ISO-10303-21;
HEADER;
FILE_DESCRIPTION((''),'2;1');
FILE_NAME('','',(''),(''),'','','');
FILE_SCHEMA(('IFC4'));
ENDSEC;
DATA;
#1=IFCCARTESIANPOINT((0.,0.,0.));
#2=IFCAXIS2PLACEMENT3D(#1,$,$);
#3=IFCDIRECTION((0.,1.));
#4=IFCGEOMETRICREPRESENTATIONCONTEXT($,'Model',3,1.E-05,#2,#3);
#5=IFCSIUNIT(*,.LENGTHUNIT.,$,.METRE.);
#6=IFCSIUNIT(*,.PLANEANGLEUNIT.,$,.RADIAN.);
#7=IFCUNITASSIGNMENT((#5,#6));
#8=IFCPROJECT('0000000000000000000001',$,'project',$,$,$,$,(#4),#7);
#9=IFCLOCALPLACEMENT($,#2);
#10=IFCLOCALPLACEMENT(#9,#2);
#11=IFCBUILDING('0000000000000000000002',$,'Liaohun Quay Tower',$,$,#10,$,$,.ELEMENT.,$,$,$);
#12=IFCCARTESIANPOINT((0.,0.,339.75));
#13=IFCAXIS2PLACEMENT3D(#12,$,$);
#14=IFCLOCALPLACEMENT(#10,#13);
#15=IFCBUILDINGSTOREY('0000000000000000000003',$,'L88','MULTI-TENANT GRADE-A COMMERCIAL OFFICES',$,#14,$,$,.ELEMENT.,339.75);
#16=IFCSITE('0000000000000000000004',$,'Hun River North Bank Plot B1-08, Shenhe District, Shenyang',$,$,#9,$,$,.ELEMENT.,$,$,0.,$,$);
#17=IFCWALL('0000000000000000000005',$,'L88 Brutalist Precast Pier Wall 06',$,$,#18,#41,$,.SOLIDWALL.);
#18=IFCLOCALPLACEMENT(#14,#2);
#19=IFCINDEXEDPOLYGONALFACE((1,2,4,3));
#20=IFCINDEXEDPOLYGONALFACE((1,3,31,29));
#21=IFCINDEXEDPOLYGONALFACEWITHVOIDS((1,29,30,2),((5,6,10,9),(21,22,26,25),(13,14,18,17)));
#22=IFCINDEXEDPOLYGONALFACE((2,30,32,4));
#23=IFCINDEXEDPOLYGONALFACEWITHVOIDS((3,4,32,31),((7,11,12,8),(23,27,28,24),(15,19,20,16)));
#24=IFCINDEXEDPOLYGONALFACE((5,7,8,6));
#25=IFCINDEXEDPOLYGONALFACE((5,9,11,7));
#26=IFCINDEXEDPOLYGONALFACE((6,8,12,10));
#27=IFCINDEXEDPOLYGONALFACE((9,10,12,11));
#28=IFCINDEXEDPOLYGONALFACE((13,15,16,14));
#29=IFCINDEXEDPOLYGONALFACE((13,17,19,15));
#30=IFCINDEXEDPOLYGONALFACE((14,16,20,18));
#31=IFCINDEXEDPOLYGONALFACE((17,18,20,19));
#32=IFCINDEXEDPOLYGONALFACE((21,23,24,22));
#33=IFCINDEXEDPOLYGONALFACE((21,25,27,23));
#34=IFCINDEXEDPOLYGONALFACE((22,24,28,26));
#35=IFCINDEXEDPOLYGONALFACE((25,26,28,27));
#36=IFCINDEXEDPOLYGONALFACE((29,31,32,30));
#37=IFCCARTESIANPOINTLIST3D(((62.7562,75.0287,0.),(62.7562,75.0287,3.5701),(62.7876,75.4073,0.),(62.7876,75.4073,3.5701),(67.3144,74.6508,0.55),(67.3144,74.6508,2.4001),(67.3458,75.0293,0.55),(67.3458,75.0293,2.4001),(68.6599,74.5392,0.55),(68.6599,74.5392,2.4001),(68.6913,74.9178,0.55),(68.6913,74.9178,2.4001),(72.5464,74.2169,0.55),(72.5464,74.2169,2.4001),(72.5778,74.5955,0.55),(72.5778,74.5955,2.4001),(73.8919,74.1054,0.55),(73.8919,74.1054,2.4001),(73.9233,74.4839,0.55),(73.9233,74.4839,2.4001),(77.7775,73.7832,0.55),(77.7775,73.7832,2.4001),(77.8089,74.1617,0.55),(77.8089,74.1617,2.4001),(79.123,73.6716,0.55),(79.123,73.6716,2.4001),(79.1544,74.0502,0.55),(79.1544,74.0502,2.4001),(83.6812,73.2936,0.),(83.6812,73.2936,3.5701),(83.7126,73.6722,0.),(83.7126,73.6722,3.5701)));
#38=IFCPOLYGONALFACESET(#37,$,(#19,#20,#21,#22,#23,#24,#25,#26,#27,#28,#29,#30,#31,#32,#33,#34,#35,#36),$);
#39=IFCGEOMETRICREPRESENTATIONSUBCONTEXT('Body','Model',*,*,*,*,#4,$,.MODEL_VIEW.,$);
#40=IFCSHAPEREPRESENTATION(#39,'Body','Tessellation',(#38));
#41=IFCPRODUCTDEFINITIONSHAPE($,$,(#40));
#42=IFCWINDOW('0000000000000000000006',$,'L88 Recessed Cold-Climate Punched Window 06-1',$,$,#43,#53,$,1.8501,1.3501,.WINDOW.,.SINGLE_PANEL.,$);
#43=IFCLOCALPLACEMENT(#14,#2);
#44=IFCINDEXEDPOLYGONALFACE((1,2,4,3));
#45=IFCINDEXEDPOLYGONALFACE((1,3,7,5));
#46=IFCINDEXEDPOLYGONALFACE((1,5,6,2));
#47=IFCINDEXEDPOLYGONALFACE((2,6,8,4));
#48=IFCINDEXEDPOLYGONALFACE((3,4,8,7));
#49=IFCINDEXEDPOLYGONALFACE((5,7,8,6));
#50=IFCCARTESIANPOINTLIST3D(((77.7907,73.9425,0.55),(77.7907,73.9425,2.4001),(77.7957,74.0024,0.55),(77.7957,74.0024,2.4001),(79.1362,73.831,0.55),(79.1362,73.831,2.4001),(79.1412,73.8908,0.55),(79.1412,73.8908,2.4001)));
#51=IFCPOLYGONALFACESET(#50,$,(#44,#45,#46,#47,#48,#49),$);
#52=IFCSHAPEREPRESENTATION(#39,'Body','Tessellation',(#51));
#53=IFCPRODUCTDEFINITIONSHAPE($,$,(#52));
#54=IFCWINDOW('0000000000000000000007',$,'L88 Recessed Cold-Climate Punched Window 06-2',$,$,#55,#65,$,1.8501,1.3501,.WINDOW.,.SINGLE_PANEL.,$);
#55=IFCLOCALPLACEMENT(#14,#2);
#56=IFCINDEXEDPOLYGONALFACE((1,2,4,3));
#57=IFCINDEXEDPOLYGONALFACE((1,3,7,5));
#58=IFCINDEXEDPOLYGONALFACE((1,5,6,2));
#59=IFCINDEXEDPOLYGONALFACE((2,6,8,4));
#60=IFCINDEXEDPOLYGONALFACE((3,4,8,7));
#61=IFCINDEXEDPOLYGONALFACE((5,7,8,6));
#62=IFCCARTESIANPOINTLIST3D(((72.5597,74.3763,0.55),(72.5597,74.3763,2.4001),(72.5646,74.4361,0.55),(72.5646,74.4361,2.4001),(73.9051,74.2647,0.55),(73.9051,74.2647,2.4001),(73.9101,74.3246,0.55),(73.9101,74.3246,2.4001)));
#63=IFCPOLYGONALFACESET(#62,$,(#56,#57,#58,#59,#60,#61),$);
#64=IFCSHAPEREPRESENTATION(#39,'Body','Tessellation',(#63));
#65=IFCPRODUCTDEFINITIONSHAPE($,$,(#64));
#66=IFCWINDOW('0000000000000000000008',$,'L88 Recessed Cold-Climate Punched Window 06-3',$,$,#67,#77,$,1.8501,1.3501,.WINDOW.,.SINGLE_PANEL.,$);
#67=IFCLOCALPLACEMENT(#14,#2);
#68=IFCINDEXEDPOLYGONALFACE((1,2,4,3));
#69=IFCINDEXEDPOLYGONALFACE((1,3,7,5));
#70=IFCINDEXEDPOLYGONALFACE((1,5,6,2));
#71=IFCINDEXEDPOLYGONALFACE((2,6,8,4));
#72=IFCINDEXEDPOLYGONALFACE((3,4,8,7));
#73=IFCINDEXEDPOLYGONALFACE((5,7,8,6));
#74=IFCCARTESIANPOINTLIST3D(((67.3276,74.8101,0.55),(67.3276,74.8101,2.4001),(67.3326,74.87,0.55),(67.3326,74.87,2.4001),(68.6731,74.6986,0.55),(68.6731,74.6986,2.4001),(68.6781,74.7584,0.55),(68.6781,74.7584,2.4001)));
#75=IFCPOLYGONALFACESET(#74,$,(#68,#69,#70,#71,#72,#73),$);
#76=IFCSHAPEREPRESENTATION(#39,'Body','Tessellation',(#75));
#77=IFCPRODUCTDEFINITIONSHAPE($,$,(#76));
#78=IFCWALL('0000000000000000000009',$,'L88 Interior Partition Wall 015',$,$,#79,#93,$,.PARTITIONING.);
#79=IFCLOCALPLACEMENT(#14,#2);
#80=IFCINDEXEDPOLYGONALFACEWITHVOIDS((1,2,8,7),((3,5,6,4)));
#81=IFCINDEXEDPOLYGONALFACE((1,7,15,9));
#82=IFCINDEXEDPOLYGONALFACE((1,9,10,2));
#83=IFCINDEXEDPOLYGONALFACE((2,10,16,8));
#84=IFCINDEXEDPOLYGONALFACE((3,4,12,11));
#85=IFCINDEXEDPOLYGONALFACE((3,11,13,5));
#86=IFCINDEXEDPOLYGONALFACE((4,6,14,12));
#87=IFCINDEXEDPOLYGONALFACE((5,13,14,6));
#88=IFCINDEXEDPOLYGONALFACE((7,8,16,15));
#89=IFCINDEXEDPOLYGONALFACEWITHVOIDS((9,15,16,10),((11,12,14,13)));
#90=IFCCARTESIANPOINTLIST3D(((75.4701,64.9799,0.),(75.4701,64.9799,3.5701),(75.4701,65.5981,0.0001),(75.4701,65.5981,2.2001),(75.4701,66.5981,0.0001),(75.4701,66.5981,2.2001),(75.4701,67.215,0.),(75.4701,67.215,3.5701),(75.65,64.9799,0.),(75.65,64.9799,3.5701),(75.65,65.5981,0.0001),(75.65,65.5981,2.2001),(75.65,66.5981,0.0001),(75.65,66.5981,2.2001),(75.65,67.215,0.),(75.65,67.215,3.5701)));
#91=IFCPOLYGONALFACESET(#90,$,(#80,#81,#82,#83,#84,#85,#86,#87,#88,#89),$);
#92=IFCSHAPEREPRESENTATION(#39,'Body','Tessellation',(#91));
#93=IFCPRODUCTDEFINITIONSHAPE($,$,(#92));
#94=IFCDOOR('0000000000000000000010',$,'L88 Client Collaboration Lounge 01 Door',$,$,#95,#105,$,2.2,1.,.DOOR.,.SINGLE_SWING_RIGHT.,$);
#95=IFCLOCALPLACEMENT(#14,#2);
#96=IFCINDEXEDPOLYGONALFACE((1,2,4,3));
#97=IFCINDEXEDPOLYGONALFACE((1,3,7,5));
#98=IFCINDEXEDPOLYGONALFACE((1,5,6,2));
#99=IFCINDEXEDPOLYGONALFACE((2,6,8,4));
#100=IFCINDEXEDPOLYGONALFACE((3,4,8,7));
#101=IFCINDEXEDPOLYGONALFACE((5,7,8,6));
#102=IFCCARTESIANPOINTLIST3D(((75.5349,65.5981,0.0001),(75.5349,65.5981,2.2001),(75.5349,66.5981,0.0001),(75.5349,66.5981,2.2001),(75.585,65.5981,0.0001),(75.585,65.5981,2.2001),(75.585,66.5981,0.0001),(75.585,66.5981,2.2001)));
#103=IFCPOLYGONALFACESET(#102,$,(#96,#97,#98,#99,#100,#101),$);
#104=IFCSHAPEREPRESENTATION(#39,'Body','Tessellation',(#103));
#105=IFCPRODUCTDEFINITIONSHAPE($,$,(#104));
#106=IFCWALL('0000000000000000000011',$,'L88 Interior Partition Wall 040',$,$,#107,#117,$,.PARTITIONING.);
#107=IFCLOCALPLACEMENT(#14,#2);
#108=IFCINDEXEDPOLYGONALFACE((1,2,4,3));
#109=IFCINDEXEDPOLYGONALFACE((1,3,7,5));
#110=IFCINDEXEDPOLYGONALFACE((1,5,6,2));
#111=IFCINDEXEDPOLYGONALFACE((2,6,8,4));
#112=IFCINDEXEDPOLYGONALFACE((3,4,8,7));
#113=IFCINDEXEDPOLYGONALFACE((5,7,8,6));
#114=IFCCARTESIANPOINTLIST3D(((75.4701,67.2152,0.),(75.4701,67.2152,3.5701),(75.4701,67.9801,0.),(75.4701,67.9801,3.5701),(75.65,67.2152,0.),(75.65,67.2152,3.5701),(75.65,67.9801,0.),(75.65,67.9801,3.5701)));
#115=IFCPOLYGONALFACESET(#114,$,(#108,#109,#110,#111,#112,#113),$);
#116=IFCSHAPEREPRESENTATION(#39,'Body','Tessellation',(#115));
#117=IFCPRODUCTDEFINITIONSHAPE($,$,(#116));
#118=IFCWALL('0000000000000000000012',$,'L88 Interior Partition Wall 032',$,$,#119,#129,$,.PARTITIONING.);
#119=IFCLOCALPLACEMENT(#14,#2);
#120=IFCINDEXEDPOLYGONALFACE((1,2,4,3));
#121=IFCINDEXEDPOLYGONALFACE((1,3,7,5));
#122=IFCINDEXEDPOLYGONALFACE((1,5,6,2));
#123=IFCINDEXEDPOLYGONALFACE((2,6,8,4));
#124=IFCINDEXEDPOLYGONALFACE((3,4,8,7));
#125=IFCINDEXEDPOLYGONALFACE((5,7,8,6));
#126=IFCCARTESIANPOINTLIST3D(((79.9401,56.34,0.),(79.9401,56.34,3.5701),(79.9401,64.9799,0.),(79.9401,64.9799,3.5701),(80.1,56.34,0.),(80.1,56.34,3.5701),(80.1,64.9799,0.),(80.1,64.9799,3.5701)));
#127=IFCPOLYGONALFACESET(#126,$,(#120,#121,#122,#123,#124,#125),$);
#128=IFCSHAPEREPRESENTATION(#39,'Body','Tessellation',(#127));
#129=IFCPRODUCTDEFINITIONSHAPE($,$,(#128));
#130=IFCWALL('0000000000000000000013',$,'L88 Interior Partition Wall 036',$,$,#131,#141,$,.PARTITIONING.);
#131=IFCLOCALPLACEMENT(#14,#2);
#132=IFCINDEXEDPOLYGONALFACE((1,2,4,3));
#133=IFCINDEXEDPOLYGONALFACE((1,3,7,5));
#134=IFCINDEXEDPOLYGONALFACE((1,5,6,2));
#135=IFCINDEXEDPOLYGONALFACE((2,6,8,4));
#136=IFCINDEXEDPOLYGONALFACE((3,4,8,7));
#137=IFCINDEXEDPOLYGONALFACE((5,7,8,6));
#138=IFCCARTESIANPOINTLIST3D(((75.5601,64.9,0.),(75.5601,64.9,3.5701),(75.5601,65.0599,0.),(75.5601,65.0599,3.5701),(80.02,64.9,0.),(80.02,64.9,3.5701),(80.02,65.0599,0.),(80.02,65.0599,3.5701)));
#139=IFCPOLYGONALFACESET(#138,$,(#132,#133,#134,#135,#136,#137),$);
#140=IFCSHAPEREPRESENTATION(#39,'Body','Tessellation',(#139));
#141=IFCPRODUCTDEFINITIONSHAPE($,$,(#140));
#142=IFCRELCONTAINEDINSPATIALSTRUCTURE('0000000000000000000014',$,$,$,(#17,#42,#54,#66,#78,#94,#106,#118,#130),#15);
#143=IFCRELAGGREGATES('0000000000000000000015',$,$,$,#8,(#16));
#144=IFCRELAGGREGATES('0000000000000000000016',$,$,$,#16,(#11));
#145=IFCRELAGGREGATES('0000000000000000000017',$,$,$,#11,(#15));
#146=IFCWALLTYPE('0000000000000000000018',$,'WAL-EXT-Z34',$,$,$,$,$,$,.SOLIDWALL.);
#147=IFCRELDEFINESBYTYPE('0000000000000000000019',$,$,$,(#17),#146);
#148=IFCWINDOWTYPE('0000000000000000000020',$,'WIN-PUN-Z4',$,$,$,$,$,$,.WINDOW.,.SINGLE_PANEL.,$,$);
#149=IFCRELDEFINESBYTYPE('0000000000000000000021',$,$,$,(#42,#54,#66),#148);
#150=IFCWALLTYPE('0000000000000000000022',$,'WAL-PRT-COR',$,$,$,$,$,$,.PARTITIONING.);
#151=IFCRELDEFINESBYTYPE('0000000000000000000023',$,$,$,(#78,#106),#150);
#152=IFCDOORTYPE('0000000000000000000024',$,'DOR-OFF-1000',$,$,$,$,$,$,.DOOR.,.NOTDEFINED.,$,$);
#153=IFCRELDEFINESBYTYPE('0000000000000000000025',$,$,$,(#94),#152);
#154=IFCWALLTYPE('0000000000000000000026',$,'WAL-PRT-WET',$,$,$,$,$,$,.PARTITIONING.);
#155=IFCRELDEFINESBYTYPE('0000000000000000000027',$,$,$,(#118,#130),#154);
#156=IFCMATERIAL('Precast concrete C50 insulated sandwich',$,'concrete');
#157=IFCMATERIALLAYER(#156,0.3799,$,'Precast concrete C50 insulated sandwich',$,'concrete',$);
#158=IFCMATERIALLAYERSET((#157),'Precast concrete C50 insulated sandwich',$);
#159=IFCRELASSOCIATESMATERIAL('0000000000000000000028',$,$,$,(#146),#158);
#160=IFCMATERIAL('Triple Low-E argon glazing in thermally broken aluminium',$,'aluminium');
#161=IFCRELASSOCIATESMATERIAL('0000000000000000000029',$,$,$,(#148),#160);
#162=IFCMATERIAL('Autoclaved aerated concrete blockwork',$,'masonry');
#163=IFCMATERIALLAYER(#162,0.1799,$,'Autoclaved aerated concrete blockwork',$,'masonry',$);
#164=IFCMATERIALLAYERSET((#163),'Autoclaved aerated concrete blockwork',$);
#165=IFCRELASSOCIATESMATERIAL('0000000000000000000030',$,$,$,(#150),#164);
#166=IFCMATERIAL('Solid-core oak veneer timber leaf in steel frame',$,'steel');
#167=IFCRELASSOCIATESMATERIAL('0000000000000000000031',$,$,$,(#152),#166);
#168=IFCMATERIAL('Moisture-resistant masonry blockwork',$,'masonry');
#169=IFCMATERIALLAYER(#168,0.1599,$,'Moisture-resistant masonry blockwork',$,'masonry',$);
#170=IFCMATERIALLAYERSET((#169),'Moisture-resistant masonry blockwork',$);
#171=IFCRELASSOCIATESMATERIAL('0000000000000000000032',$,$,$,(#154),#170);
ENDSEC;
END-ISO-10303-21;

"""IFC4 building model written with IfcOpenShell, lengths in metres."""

from ifc_helpers import new_model, si_unit, direction, frame, frame_2d, origin, place, context, subcontext, project, spatial, rectangle, extrude, source, transform, mapped, material, layer, layer_set, type_object, element, fill, save


model = new_model("IFC4")

# Units and contexts
model_context = context("Model", 3, precision=1e-05, world=origin(), true_north=direction((0.0, 1.0)))
body_context = subcontext(model_context, "Body", "Model", "MODEL_VIEW")
ifc_project = project(units=[si_unit("LENGTHUNIT", "METRE"), si_unit("PLANEANGLEUNIT", "RADIAN")], contexts=[model_context])

# Site, building, storey
site_placement = place(None, origin())
site = spatial("IfcSite", under=ifc_project, at=site_placement, Name="Hun River North Bank Plot B1-08, Shenhe District, Shenyang", CompositionType="ELEMENT", RefElevation=0.0)
building_placement = place(site_placement, origin())
building = spatial("IfcBuilding", under=site, at=building_placement, Name="Liaohun Quay Tower", CompositionType="ELEMENT")
storey_placement = place(building_placement, frame((0.0, 0.0, 339.75)))
storey = spatial("IfcBuildingStorey", under=building, at=storey_placement, Name="L88", Description="MULTI-TENANT GRADE-A COMMERCIAL OFFICES", CompositionType="ELEMENT", Elevation=339.75)

# Shared definitions
ifc_material_1 = material(Name="Precast concrete C50 insulated sandwich", Category="concrete")
ifc_layer_1 = layer(ifc_material_1, 0.3799, Name="Precast concrete C50 insulated sandwich", Category="concrete")
ifc_layer_set_1 = layer_set([ifc_layer_1], Name="Precast concrete C50 insulated sandwich")
wall_type_1 = type_object("IfcWallType", Name="WAL-EXT-Z34", PredefinedType="SOLIDWALL", material=ifc_layer_set_1)

# Wall, openings, windows
wall_1_placement = place(storey_placement, frame((83.697, 73.4829, 0.0), z_axis=(0.0, 0.0, 1.0), x_axis=(-0.99658, 0.082637, 0.0)))
wall_1 = element("IfcWall", 1, at=wall_1_placement, inside=storey, type_object=wall_type_1, Name="L88 Brutalist Precast Pier Wall 06", PredefinedType="SOLIDWALL", context=body_context, shape_type="SweptSolid", body=[
    extrude(rectangle(XDim=20.9968, YDim=0.3799, at=frame_2d((10.4985, 0.0))), origin(), (0.0, 0.0, 1.0), 3.5701),
])
shared_shape_1 = source(origin(), body_context, "Body", "SweptSolid", [
    extrude(rectangle(XDim=1.3501, YDim=1.8501, at=frame_2d((0.675, 0.925))), frame((0.0, 0.2, 0.0), z_axis=(0.0, -1.0, 0.0), x_axis=(1.0, 0.0, 0.0)), (0.0, 0.0, 1.0), 0.3999),
])
opening_1_placement = place(wall_1_placement, frame((4.574, 0.0, 0.55)))
opening_1 = element("IfcOpeningElement", 2, at=opening_1_placement, cuts=wall_1, PredefinedType="OPENING", context=body_context, shape_type="MappedRepresentation", body=[
    mapped(shared_shape_1, transform((0.0, 0.0, 0.0), x_axis=(1.0, 0.0, 0.0), y_axis=(0.0, 1.0, 0.0), z_axis=(0.0, 0.0, 1.0), scale=1.0)),
])
opening_2_placement = place(wall_1_placement, frame((9.823, 0.0, 0.55)))
opening_2 = element("IfcOpeningElement", 3, at=opening_2_placement, cuts=wall_1, PredefinedType="OPENING", context=body_context, shape_type="MappedRepresentation", body=[
    mapped(shared_shape_1, transform((0.0, 0.0, 0.0), x_axis=(1.0, 0.0, 0.0), y_axis=(0.0, 1.0, 0.0), z_axis=(0.0, 0.0, 1.0), scale=1.0)),
])
opening_3_placement = place(wall_1_placement, frame((15.073, 0.0, 0.55)))
opening_3 = element("IfcOpeningElement", 4, at=opening_3_placement, cuts=wall_1, PredefinedType="OPENING", context=body_context, shape_type="MappedRepresentation", body=[
    mapped(shared_shape_1, transform((0.0, 0.0, 0.0), x_axis=(1.0, 0.0, 0.0), y_axis=(0.0, 1.0, 0.0), z_axis=(0.0, 0.0, 1.0), scale=1.0)),
])
ifc_material_2 = material(Name="Triple Low-E argon glazing in thermally broken aluminium", Category="aluminium")
window_type_1 = type_object("IfcWindowType", Name="WIN-PUN-Z4", PartitioningType="SINGLE_PANEL", PredefinedType="WINDOW", material=ifc_material_2)
shared_shape_2 = source(origin(), body_context, "Body", "SweptSolid", [
    extrude(rectangle(XDim=1.3501, YDim=1.8501, at=frame_2d((0.675, 0.925))), frame((0.0, 0.03, 0.0), z_axis=(0.0, -1.0, 0.0), x_axis=(1.0, 0.0, 0.0)), (0.0, 0.0, 1.0), 0.0601),
])
window_1_placement = place(opening_1_placement, origin())
window_1 = element("IfcWindow", 5, at=window_1_placement, inside=storey, type_object=window_type_1, Name="L88 Recessed Cold-Climate Punched Window 06-1", OverallHeight=1.8501, OverallWidth=1.3501, PartitioningType="SINGLE_PANEL", PredefinedType="WINDOW", context=body_context, shape_type="MappedRepresentation", body=[
    mapped(shared_shape_2, transform((0.0, 0.0, 0.0), x_axis=(1.0, 0.0, 0.0), y_axis=(0.0, 1.0, 0.0), z_axis=(0.0, 0.0, 1.0), scale=1.0)),
])
fill(opening_1, window_1)
window_2_placement = place(opening_2_placement, origin())
window_2 = element("IfcWindow", 6, at=window_2_placement, inside=storey, type_object=window_type_1, Name="L88 Recessed Cold-Climate Punched Window 06-2", OverallHeight=1.8501, OverallWidth=1.3501, PartitioningType="SINGLE_PANEL", PredefinedType="WINDOW", context=body_context, shape_type="MappedRepresentation", body=[
    mapped(shared_shape_2, transform((0.0, 0.0, 0.0), x_axis=(1.0, 0.0, 0.0), y_axis=(0.0, 1.0, 0.0), z_axis=(0.0, 0.0, 1.0), scale=1.0)),
])
fill(opening_2, window_2)
window_3_placement = place(opening_3_placement, origin())
window_3 = element("IfcWindow", 7, at=window_3_placement, inside=storey, type_object=window_type_1, Name="L88 Recessed Cold-Climate Punched Window 06-3", OverallHeight=1.8501, OverallWidth=1.3501, PartitioningType="SINGLE_PANEL", PredefinedType="WINDOW", context=body_context, shape_type="MappedRepresentation", body=[
    mapped(shared_shape_2, transform((0.0, 0.0, 0.0), x_axis=(1.0, 0.0, 0.0), y_axis=(0.0, 1.0, 0.0), z_axis=(0.0, 0.0, 1.0), scale=1.0)),
])
fill(opening_3, window_3)

# Wall, opening, door
ifc_material_3 = material(Name="Autoclaved aerated concrete blockwork", Category="masonry")
ifc_layer_2 = layer(ifc_material_3, 0.1799, Name="Autoclaved aerated concrete blockwork", Category="masonry")
ifc_layer_set_2 = layer_set([ifc_layer_2], Name="Autoclaved aerated concrete blockwork")
wall_type_2 = type_object("IfcWallType", Name="WAL-PRT-COR", PredefinedType="PARTITIONING", material=ifc_layer_set_2)
wall_2_placement = place(storey_placement, frame((75.5601, 67.2151, 0.0), z_axis=(0.0, 0.0, 1.0), x_axis=(0.0, -1.0, 0.0)))
wall_2 = element("IfcWall", 8, at=wall_2_placement, inside=storey, type_object=wall_type_2, Name="L88 Interior Partition Wall 015", PredefinedType="PARTITIONING", context=body_context, shape_type="SweptSolid", body=[
    extrude(rectangle(XDim=2.2351, YDim=0.1799, at=frame_2d((1.1177, 0.0))), origin(), (0.0, 0.0, 1.0), 3.5701),
])
shared_shape_3 = source(origin(), body_context, "Body", "SweptSolid", [
    extrude(rectangle(XDim=1.0, YDim=2.2, at=frame_2d((0.5, 1.1001))), frame((0.0, 0.0999, 0.0), z_axis=(0.0, -1.0, 0.0), x_axis=(1.0, 0.0, 0.0)), (0.0, 0.0, 1.0), 0.2),
])
opening_4_placement = place(wall_2_placement, frame((0.6169, 0.0, 0.0)))
opening_4 = element("IfcOpeningElement", 9, at=opening_4_placement, cuts=wall_2, PredefinedType="OPENING", context=body_context, shape_type="MappedRepresentation", body=[
    mapped(shared_shape_3, transform((0.0, 0.0, 0.0), x_axis=(1.0, 0.0, 0.0), y_axis=(0.0, 1.0, 0.0), z_axis=(0.0, 0.0, 1.0), scale=1.0)),
])
ifc_material_4 = material(Name="Solid-core oak veneer timber leaf in steel frame", Category="steel")
door_type = type_object("IfcDoorType", Name="DOR-OFF-1000", OperationType="NOTDEFINED", PredefinedType="DOOR", material=ifc_material_4)
shared_shape_4 = source(origin(), body_context, "Body", "SweptSolid", [
    extrude(rectangle(XDim=1.0, YDim=2.2, at=frame_2d((0.5, 1.1001))), frame((0.0, 0.0249, 0.0), z_axis=(0.0, -1.0, 0.0), x_axis=(1.0, 0.0, 0.0)), (0.0, 0.0, 1.0), 0.05),
])
door_placement = place(opening_4_placement, origin())
door = element("IfcDoor", 10, at=door_placement, inside=storey, type_object=door_type, Name="L88 Client Collaboration Lounge 01 Door", OperationType="SINGLE_SWING_RIGHT", OverallHeight=2.2, OverallWidth=1.0, PredefinedType="DOOR", context=body_context, shape_type="MappedRepresentation", body=[
    mapped(shared_shape_4, transform((0.0, 0.0, 0.0), x_axis=(1.0, 0.0, 0.0), y_axis=(0.0, 1.0, 0.0), z_axis=(0.0, 0.0, 1.0), scale=1.0)),
])
fill(opening_4, door)

# Walls
wall_3_placement = place(storey_placement, frame((75.5601, 67.98, 0.0), z_axis=(0.0, 0.0, 1.0), x_axis=(0.0, -1.0, 0.0)))
element("IfcWall", 11, at=wall_3_placement, inside=storey, type_object=wall_type_2, Name="L88 Interior Partition Wall 040", PredefinedType="PARTITIONING", context=body_context, shape_type="SweptSolid", body=[
    extrude(rectangle(XDim=0.7649, YDim=0.1799, at=frame_2d((0.3823, 0.0))), origin(), (0.0, 0.0, 1.0), 3.5701),
])
ifc_material_5 = material(Name="Moisture-resistant masonry blockwork", Category="masonry")
ifc_layer_3 = layer(ifc_material_5, 0.1599, Name="Moisture-resistant masonry blockwork", Category="masonry")
ifc_layer_set_3 = layer_set([ifc_layer_3], Name="Moisture-resistant masonry blockwork")
wall_type_3 = type_object("IfcWallType", Name="WAL-PRT-WET", PredefinedType="PARTITIONING", material=ifc_layer_set_3)
wall_4_placement = place(storey_placement, frame((80.02, 56.3401, 0.0), z_axis=(0.0, 0.0, 1.0), x_axis=(0.0, 1.0, 0.0)))
element("IfcWall", 12, at=wall_4_placement, inside=storey, type_object=wall_type_3, Name="L88 Interior Partition Wall 032", PredefinedType="PARTITIONING", context=body_context, shape_type="SweptSolid", body=[
    extrude(rectangle(XDim=8.6399, YDim=0.1599, at=frame_2d((4.3198, 0.0))), origin(), (0.0, 0.0, 1.0), 3.5701),
])
wall_5_placement = place(storey_placement, frame((75.5601, 64.98, 0.0), z_axis=(0.0, 0.0, 1.0), x_axis=(1.0, 0.0, 0.0)))
element("IfcWall", 13, at=wall_5_placement, inside=storey, type_object=wall_type_3, Name="L88 Interior Partition Wall 036", PredefinedType="PARTITIONING", context=body_context, shape_type="SweptSolid", body=[
    extrude(rectangle(XDim=4.46, YDim=0.1599, at=frame_2d((2.23, 0.0))), origin(), (0.0, 0.0, 1.0), 3.5701),
])

save(model, "model.ifc")
